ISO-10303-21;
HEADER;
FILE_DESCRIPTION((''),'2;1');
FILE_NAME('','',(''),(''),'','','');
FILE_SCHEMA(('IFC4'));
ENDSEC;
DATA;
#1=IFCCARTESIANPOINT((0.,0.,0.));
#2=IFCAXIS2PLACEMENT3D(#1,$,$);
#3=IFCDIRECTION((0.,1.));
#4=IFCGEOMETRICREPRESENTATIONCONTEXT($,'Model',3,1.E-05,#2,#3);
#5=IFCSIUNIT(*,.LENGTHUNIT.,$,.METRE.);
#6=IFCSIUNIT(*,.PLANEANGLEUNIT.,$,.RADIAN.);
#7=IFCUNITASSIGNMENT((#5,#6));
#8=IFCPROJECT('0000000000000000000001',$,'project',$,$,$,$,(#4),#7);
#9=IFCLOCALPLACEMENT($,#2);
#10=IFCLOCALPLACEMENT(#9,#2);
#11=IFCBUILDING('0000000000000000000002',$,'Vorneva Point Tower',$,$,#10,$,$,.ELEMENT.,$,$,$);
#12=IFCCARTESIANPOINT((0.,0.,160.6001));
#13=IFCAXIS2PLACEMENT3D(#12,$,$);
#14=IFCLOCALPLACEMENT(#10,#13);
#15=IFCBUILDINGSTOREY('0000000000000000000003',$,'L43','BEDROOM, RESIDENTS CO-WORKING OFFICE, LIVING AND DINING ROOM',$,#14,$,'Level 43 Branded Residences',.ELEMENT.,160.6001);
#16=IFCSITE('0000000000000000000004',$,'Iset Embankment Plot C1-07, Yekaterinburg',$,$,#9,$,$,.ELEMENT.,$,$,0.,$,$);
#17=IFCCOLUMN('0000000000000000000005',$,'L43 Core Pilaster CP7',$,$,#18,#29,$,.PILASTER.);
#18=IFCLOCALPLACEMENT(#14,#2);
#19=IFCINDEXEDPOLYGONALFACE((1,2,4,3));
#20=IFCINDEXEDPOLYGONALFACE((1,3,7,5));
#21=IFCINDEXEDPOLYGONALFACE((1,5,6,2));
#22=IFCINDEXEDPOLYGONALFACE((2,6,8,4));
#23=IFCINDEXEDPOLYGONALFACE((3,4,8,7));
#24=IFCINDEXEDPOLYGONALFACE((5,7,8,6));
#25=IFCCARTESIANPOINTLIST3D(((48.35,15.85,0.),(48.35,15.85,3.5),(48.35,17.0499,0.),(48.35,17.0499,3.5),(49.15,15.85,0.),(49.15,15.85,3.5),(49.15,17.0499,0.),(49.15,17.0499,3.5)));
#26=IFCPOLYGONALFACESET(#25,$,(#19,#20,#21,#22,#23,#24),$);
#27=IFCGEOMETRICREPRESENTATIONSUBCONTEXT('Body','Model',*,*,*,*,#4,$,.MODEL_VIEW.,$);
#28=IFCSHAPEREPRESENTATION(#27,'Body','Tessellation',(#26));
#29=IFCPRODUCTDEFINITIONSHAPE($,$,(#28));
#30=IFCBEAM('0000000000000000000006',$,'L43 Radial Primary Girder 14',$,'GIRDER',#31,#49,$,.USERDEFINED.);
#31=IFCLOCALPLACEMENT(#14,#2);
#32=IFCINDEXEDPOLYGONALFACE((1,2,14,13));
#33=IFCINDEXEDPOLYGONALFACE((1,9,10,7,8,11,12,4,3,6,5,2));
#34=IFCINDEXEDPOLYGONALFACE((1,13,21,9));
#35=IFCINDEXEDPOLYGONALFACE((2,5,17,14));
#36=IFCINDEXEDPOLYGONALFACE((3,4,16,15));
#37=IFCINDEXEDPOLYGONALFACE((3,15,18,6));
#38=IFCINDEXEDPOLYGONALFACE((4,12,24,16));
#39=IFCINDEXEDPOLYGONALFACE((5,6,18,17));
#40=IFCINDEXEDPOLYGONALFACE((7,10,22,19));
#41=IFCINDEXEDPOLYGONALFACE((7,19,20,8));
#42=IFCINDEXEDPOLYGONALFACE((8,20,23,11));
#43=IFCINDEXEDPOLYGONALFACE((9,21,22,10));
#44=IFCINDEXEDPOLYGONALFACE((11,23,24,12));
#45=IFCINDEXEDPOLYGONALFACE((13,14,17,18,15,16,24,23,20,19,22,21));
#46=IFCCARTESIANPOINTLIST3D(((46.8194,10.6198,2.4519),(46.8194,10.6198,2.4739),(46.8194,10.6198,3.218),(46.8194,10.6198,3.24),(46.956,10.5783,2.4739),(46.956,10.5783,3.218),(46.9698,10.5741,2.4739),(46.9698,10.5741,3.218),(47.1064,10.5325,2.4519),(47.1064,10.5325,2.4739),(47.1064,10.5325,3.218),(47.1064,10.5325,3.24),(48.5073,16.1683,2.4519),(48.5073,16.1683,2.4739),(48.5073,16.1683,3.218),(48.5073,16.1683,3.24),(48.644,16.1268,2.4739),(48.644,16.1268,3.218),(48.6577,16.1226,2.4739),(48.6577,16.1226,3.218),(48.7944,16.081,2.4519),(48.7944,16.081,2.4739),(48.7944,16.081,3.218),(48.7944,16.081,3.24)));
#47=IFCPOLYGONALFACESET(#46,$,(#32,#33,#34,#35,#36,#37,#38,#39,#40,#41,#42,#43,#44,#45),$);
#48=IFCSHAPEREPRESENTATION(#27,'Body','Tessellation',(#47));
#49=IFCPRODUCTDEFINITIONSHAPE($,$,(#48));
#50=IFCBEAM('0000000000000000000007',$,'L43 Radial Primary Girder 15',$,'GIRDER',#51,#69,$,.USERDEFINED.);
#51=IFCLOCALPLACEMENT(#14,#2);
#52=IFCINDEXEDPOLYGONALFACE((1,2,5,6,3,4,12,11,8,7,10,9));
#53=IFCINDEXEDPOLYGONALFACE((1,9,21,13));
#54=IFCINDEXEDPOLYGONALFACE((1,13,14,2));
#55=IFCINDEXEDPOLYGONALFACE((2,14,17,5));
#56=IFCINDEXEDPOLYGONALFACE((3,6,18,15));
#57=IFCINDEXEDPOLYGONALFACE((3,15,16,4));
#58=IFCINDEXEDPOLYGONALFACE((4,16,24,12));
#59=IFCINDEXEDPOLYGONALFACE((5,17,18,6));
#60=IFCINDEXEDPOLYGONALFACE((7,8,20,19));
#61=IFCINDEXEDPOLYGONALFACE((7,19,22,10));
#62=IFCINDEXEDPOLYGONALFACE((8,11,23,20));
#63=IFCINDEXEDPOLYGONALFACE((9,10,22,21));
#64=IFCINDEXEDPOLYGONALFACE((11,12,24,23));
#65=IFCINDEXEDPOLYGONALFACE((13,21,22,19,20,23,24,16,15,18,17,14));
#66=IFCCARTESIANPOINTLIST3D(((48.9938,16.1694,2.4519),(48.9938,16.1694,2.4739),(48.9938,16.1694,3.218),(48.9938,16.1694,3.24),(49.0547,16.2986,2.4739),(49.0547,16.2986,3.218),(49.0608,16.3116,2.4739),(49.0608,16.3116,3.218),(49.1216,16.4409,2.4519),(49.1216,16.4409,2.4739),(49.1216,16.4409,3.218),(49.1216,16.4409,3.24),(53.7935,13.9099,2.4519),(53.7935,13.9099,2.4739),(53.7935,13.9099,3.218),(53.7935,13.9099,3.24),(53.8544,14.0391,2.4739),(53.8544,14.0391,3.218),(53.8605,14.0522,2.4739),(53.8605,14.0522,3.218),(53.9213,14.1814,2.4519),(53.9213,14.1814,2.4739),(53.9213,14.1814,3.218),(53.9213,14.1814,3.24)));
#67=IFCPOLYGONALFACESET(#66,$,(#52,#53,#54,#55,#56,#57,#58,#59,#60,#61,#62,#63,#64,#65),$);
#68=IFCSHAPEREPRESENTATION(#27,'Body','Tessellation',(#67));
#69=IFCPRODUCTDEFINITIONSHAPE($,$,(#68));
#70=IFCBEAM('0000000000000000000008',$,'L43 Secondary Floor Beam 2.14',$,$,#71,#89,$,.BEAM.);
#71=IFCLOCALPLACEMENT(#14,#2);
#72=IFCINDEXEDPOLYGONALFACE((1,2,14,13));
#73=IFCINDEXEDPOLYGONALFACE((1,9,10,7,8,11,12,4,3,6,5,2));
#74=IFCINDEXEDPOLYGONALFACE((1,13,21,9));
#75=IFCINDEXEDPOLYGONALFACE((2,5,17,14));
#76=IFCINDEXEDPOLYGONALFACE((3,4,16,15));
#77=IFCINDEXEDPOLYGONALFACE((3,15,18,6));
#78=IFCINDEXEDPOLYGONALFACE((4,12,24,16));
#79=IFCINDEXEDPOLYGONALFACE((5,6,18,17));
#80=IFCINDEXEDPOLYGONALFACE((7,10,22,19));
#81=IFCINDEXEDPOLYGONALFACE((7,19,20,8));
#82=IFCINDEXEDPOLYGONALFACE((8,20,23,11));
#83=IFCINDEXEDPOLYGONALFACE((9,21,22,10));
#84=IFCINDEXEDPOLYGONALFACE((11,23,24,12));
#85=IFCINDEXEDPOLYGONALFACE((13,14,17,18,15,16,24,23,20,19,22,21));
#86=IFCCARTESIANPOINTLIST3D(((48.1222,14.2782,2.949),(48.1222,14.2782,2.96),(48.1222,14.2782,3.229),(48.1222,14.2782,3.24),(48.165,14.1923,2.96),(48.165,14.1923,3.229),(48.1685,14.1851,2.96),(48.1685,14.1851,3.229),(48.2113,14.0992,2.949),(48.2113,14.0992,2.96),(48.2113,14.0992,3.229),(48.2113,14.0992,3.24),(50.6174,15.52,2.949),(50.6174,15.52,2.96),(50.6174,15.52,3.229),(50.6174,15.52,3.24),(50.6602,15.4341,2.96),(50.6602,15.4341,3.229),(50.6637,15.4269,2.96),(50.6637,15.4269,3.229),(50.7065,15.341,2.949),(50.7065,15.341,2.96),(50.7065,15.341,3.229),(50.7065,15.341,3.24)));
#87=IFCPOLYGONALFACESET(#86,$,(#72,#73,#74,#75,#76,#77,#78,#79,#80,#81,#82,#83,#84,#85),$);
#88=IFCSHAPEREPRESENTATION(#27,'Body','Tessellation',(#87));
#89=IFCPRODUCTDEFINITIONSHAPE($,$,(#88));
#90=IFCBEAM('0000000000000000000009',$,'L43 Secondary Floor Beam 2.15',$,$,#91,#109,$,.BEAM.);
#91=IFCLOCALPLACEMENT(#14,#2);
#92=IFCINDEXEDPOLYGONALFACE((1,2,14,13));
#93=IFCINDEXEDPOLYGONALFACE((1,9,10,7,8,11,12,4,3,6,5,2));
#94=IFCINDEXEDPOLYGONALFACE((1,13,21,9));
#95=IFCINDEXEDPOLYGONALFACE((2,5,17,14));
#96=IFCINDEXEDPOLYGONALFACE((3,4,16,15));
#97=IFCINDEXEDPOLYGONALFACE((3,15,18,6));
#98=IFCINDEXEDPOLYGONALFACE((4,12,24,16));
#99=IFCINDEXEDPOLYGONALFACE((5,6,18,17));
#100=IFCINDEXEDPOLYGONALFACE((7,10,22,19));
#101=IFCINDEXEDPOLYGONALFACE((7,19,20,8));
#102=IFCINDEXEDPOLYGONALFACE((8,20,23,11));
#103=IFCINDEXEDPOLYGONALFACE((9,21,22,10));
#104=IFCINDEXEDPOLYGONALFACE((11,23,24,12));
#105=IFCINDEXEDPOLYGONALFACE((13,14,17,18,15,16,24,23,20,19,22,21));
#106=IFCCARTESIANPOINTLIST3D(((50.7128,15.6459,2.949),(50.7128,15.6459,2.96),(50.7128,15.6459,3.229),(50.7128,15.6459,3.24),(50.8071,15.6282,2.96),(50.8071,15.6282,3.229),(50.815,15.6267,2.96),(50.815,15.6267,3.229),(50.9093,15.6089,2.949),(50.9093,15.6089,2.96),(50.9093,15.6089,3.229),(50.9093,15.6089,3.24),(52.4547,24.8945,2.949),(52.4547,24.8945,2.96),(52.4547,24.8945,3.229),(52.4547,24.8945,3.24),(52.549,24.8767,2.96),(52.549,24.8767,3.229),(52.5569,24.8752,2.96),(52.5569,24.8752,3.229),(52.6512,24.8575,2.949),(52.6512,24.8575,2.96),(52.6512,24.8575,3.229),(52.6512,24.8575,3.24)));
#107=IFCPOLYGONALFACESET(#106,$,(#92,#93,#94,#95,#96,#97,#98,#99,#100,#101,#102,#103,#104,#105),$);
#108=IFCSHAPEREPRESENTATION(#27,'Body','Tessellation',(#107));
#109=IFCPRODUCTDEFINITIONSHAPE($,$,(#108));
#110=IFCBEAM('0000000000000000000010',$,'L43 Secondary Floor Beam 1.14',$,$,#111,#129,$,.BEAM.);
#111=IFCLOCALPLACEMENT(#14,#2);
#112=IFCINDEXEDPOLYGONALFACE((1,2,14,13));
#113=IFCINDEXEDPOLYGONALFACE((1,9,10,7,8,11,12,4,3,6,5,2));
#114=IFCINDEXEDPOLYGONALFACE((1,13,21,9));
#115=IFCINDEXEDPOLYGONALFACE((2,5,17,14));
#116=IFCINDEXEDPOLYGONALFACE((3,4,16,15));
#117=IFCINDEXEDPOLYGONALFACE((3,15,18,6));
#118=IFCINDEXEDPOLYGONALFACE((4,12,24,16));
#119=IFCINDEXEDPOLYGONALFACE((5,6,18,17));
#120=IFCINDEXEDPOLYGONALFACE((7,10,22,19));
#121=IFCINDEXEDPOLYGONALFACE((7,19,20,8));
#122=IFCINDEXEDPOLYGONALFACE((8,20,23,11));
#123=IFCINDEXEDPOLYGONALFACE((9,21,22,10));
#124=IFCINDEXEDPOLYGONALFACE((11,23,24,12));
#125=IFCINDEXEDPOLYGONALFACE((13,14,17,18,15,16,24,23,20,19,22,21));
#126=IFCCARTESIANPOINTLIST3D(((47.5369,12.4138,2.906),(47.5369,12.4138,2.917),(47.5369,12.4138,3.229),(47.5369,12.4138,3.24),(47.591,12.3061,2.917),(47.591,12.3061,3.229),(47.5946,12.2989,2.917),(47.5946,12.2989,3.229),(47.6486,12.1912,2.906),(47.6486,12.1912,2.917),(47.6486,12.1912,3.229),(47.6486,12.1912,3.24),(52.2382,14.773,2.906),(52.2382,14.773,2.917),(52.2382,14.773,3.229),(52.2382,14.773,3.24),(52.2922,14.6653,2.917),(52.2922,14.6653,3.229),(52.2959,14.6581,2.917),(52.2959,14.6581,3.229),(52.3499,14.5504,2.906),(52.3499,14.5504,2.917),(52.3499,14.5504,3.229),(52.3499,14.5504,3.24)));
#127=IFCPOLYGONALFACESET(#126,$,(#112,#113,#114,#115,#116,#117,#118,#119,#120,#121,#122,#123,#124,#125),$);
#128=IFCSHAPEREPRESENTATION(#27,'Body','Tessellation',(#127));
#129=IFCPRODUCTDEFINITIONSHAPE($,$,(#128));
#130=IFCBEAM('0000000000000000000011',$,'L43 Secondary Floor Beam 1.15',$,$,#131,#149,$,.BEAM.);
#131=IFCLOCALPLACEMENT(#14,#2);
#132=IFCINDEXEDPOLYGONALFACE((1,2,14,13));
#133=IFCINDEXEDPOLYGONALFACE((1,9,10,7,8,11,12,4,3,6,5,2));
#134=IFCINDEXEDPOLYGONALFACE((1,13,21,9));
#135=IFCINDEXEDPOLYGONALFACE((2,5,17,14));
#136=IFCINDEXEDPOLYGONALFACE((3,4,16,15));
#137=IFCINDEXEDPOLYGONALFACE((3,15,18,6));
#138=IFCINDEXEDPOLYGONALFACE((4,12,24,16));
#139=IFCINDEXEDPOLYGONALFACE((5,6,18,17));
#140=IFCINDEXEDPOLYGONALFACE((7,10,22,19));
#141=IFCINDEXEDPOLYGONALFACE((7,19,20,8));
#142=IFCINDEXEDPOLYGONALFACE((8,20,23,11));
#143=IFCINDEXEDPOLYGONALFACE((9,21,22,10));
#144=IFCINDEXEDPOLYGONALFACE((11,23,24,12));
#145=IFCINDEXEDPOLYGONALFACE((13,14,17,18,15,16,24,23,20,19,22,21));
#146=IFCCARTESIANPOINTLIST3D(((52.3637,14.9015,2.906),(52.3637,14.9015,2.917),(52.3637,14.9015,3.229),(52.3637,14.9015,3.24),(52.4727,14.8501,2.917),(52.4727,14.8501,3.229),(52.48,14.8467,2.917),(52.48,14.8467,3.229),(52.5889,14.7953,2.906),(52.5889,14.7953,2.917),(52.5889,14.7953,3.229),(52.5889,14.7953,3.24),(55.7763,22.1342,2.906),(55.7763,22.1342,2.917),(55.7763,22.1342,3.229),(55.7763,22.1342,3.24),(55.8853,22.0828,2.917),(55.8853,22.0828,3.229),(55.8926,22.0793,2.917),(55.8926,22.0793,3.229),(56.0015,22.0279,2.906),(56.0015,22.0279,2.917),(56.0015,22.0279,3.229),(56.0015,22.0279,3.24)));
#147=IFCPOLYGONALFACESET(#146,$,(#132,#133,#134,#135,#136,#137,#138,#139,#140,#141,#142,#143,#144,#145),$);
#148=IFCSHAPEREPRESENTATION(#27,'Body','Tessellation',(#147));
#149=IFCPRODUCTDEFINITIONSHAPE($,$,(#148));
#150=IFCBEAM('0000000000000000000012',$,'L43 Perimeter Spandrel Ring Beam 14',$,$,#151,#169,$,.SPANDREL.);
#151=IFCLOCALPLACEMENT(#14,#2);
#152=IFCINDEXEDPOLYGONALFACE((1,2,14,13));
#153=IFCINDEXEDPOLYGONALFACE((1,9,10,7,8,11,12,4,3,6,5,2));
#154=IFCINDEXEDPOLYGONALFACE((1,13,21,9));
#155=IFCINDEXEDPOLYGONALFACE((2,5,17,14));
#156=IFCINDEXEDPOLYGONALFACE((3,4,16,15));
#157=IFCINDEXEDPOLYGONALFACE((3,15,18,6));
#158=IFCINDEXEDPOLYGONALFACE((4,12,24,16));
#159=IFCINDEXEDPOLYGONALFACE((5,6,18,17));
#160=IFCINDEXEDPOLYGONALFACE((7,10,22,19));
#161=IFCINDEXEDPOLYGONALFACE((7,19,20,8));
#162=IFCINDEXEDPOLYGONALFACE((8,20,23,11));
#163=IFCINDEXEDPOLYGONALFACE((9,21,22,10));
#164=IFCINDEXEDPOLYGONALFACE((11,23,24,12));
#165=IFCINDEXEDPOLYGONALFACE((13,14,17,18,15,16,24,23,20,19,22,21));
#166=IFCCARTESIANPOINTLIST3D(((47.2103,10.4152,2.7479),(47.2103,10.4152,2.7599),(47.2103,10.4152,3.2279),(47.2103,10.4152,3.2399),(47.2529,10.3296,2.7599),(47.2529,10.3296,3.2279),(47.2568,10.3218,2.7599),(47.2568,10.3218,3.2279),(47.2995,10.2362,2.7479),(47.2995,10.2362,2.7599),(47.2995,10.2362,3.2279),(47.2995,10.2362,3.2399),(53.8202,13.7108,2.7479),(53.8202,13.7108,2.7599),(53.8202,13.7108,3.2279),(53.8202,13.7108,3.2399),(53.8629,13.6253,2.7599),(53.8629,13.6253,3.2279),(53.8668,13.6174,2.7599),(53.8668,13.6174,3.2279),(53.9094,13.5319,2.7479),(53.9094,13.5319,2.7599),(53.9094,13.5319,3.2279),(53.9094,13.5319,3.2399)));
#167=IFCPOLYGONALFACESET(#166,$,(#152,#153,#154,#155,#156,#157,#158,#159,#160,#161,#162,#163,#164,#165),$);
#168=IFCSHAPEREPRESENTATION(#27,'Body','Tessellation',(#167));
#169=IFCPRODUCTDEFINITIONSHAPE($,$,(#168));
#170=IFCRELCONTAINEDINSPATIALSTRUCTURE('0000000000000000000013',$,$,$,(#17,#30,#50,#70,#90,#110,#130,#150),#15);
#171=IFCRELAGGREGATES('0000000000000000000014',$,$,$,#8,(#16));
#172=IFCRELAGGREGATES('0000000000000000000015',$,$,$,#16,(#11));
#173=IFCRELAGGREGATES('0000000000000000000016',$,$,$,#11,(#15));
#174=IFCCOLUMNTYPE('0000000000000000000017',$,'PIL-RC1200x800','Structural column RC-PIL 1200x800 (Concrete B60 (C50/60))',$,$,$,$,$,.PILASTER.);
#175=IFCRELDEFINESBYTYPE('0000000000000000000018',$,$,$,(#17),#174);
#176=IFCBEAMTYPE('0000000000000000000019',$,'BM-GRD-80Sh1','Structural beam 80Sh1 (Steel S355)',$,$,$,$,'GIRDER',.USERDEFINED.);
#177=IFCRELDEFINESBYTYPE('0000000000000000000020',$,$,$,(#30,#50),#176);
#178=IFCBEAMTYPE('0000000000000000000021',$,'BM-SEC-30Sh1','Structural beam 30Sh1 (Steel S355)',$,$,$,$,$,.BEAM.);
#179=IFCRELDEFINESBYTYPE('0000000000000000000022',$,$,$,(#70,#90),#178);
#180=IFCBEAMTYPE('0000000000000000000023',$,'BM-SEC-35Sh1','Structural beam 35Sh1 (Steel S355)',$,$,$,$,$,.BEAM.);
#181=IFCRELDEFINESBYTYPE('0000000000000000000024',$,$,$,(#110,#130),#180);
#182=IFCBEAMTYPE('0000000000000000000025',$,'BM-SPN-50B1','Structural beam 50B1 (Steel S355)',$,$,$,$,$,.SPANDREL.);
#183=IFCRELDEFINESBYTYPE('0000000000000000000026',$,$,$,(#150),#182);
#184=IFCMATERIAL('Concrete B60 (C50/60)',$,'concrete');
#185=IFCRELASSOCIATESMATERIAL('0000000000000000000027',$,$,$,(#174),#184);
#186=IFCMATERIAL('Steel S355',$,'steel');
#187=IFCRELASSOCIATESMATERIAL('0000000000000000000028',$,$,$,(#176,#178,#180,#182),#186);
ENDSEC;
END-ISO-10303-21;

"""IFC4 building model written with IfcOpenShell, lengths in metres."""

from ifc_helpers import new_model, si_unit, direction, frame, origin, origin_2d, place, context, subcontext, project, spatial, rectangle, i_section, extrude, material, material_profile, profile_set, type_object, element, save


model = new_model("IFC4")

# Units and contexts
model_context = context("Model", 3, precision=1e-05, world=origin(), true_north=direction((0.0, 1.0)))
body_context = subcontext(model_context, "Body", "Model", "MODEL_VIEW")
ifc_project = project(units=[si_unit("LENGTHUNIT", "METRE"), si_unit("PLANEANGLEUNIT", "RADIAN")], contexts=[model_context])

# Site, building, storey
site_placement = place(None, origin())
site = spatial("IfcSite", under=ifc_project, at=site_placement, Name="Iset Embankment Plot C1-07, Yekaterinburg", CompositionType="ELEMENT", RefElevation=0.0)
building_placement = place(site_placement, origin())
building = spatial("IfcBuilding", under=site, at=building_placement, Name="Vorneva Point Tower", CompositionType="ELEMENT")
storey_placement = place(building_placement, frame((0.0, 0.0, 160.6001)))
storey = spatial("IfcBuildingStorey", under=building, at=storey_placement, Name="L43", Description="BEDROOM, RESIDENTS CO-WORKING OFFICE, LIVING AND DINING ROOM", LongName="Level 43 Branded Residences", CompositionType="ELEMENT", Elevation=160.6001)

# Column
ifc_material_1 = material(Name="Concrete B60 (C50/60)", Category="concrete")
ifc_material_profile_1 = material_profile(ifc_material_1, rectangle(XDim=0.8, YDim=1.2, at=origin_2d()), Name="RC-PIL 1200x800")
ifc_profile_set_1 = profile_set([ifc_material_profile_1], Name="Concrete B60 (C50/60)")
column_type_1 = type_object("IfcColumnType", Name="PIL-RC1200x800", Description="Structural column RC-PIL 1200x800 (Concrete B60 (C50/60))", PredefinedType="PILASTER", material=ifc_profile_set_1)
column_placement = place(storey_placement, frame((48.75, 16.45, 0.0), z_axis=(0.0, 0.0, 1.0), x_axis=(1.0, 0.0, 0.0)))
element("IfcColumn", 1, at=column_placement, inside=storey, type_object=column_type_1, Name="L43 Core Pilaster CP7", PredefinedType="PILASTER", context=body_context, shape_type="SweptSolid", body=[
    extrude(rectangle(XDim=0.8, YDim=1.2, at=origin_2d()), origin(), (0.0, 0.0, 1.0), 3.5),
])

# Beams
ifc_material_2 = material(Name="Steel S355", Category="steel")
ifc_material_profile_2 = material_profile(ifc_material_2, i_section(OverallWidth=0.3, OverallDepth=0.7881, WebThickness=0.0144, FlangeThickness=0.022, at=origin_2d()), Name="80Sh1")
ifc_profile_set_2 = profile_set([ifc_material_profile_2], Name="Steel S355")
beam_type_1 = type_object("IfcBeamType", Name="BM-GRD-80Sh1", Description="Structural beam 80Sh1 (Steel S355)", ElementType="GIRDER", PredefinedType="USERDEFINED", material=ifc_profile_set_2)
beam_1_placement = place(storey_placement, frame((46.9629, 10.5762, 2.8459), z_axis=(0.291049, 0.956708, 0.0), x_axis=(-0.956708, 0.291049, 0.0)))
element("IfcBeam", 2, at=beam_1_placement, inside=storey, type_object=beam_type_1, Name="L43 Radial Primary Girder 14", ObjectType="GIRDER", PredefinedType="USERDEFINED", context=body_context, shape_type="SweptSolid", body=[
    extrude(i_section(OverallWidth=0.3, OverallDepth=0.7881, WebThickness=0.0144, FlangeThickness=0.022, at=origin_2d()), origin(), (0.0, 0.0, 1.0), 5.7996),
])
beam_2_placement = place(storey_placement, frame((53.8574, 14.0457, 2.8459), z_axis=(-0.904761, 0.425919, 0.0), x_axis=(-0.425919, -0.904761, 0.0)))
element("IfcBeam", 3, at=beam_2_placement, inside=storey, type_object=beam_type_1, Name="L43 Radial Primary Girder 15", ObjectType="GIRDER", PredefinedType="USERDEFINED", context=body_context, shape_type="SweptSolid", body=[
    extrude(i_section(OverallWidth=0.3, OverallDepth=0.7881, WebThickness=0.0144, FlangeThickness=0.022, at=origin_2d()), origin(), (0.0, 0.0, 1.0), 5.3049),
])
ifc_material_profile_3 = material_profile(ifc_material_2, i_section(OverallWidth=0.2, OverallDepth=0.291, WebThickness=0.0081, FlangeThickness=0.011, at=origin_2d()), Name="30Sh1")
ifc_profile_set_3 = profile_set([ifc_material_profile_3], Name="Steel S355")
beam_type_2 = type_object("IfcBeamType", Name="BM-SEC-30Sh1", Description="Structural beam 30Sh1 (Steel S355)", PredefinedType="BEAM", material=ifc_profile_set_3)
beam_3_placement = place(storey_placement, frame((48.1667, 14.1887, 3.0945), z_axis=(0.895267, 0.445531, 0.0), x_axis=(-0.445531, 0.895267, 0.0)))
element("IfcBeam", 4, at=beam_3_placement, inside=storey, type_object=beam_type_2, Name="L43 Secondary Floor Beam 2.14", PredefinedType="BEAM", context=body_context, shape_type="SweptSolid", body=[
    extrude(i_section(OverallWidth=0.2, OverallDepth=0.291, WebThickness=0.0081, FlangeThickness=0.011, at=origin_2d()), origin(), (0.0, 0.0, 1.0), 2.7871),
])
beam_4_placement = place(storey_placement, frame((50.811, 15.6274, 3.0945), z_axis=(0.185094, 0.982721, 0.0), x_axis=(-0.982721, 0.185094, 0.0)))
element("IfcBeam", 5, at=beam_4_placement, inside=storey, type_object=beam_type_2, Name="L43 Secondary Floor Beam 2.15", PredefinedType="BEAM", context=body_context, shape_type="SweptSolid", body=[
    extrude(i_section(OverallWidth=0.2, OverallDepth=0.291, WebThickness=0.0081, FlangeThickness=0.011, at=origin_2d()), origin(), (0.0, 0.0, 1.0), 9.4111),
])
ifc_material_profile_4 = material_profile(ifc_material_2, i_section(OverallWidth=0.249, OverallDepth=0.334, WebThickness=0.0081, FlangeThickness=0.011, at=origin_2d()), Name="35Sh1")
ifc_profile_set_4 = profile_set([ifc_material_profile_4], Name="Steel S355")
beam_type_3 = type_object("IfcBeamType", Name="BM-SEC-35Sh1", Description="Structural beam 35Sh1 (Steel S355)", PredefinedType="BEAM", material=ifc_profile_set_4)
beam_5_placement = place(storey_placement, frame((47.5928, 12.3025, 3.073), z_axis=(0.893776, 0.448513, 0.0), x_axis=(-0.448513, 0.893776, 0.0)))
element("IfcBeam", 6, at=beam_5_placement, inside=storey, type_object=beam_type_3, Name="L43 Secondary Floor Beam 1.14", PredefinedType="BEAM", context=body_context, shape_type="SweptSolid", body=[
    extrude(i_section(OverallWidth=0.249, OverallDepth=0.334, WebThickness=0.0081, FlangeThickness=0.011, at=origin_2d()), origin(), (0.0, 0.0, 1.0), 5.26),
])
beam_6_placement = place(storey_placement, frame((52.4763, 14.8484, 3.073), z_axis=(0.426717, 0.904385, 0.0), x_axis=(-0.904385, 0.426717, 0.0)))
element("IfcBeam", 7, at=beam_6_placement, inside=storey, type_object=beam_type_3, Name="L43 Secondary Floor Beam 1.15", PredefinedType="BEAM", context=body_context, shape_type="SweptSolid", body=[
    extrude(i_section(OverallWidth=0.249, OverallDepth=0.334, WebThickness=0.0081, FlangeThickness=0.011, at=origin_2d()), origin(), (0.0, 0.0, 1.0), 7.9973),
])
ifc_material_profile_5 = material_profile(ifc_material_2, i_section(OverallWidth=0.2, OverallDepth=0.4919, WebThickness=0.0088, FlangeThickness=0.012, at=origin_2d()), Name="50B1")
ifc_profile_set_5 = profile_set([ifc_material_profile_5], Name="Steel S355")
beam_type_4 = type_object("IfcBeamType", Name="BM-SPN-50B1", Description="Structural beam 50B1 (Steel S355)", PredefinedType="SPANDREL", material=ifc_profile_set_5)
beam_7_placement = place(storey_placement, frame((47.2549, 10.3257, 2.9939), z_axis=(0.894929, 0.446208, 0.0), x_axis=(-0.446208, 0.894929, 0.0)))
element("IfcBeam", 8, at=beam_7_placement, inside=storey, type_object=beam_type_4, Name="L43 Perimeter Spandrel Ring Beam 14", PredefinedType="SPANDREL", context=body_context, shape_type="SweptSolid", body=[
    extrude(i_section(OverallWidth=0.2, OverallDepth=0.4919, WebThickness=0.0088, FlangeThickness=0.012, at=origin_2d()), origin(), (0.0, 0.0, 1.0), 7.386),
])

save(model, "model.ifc")
